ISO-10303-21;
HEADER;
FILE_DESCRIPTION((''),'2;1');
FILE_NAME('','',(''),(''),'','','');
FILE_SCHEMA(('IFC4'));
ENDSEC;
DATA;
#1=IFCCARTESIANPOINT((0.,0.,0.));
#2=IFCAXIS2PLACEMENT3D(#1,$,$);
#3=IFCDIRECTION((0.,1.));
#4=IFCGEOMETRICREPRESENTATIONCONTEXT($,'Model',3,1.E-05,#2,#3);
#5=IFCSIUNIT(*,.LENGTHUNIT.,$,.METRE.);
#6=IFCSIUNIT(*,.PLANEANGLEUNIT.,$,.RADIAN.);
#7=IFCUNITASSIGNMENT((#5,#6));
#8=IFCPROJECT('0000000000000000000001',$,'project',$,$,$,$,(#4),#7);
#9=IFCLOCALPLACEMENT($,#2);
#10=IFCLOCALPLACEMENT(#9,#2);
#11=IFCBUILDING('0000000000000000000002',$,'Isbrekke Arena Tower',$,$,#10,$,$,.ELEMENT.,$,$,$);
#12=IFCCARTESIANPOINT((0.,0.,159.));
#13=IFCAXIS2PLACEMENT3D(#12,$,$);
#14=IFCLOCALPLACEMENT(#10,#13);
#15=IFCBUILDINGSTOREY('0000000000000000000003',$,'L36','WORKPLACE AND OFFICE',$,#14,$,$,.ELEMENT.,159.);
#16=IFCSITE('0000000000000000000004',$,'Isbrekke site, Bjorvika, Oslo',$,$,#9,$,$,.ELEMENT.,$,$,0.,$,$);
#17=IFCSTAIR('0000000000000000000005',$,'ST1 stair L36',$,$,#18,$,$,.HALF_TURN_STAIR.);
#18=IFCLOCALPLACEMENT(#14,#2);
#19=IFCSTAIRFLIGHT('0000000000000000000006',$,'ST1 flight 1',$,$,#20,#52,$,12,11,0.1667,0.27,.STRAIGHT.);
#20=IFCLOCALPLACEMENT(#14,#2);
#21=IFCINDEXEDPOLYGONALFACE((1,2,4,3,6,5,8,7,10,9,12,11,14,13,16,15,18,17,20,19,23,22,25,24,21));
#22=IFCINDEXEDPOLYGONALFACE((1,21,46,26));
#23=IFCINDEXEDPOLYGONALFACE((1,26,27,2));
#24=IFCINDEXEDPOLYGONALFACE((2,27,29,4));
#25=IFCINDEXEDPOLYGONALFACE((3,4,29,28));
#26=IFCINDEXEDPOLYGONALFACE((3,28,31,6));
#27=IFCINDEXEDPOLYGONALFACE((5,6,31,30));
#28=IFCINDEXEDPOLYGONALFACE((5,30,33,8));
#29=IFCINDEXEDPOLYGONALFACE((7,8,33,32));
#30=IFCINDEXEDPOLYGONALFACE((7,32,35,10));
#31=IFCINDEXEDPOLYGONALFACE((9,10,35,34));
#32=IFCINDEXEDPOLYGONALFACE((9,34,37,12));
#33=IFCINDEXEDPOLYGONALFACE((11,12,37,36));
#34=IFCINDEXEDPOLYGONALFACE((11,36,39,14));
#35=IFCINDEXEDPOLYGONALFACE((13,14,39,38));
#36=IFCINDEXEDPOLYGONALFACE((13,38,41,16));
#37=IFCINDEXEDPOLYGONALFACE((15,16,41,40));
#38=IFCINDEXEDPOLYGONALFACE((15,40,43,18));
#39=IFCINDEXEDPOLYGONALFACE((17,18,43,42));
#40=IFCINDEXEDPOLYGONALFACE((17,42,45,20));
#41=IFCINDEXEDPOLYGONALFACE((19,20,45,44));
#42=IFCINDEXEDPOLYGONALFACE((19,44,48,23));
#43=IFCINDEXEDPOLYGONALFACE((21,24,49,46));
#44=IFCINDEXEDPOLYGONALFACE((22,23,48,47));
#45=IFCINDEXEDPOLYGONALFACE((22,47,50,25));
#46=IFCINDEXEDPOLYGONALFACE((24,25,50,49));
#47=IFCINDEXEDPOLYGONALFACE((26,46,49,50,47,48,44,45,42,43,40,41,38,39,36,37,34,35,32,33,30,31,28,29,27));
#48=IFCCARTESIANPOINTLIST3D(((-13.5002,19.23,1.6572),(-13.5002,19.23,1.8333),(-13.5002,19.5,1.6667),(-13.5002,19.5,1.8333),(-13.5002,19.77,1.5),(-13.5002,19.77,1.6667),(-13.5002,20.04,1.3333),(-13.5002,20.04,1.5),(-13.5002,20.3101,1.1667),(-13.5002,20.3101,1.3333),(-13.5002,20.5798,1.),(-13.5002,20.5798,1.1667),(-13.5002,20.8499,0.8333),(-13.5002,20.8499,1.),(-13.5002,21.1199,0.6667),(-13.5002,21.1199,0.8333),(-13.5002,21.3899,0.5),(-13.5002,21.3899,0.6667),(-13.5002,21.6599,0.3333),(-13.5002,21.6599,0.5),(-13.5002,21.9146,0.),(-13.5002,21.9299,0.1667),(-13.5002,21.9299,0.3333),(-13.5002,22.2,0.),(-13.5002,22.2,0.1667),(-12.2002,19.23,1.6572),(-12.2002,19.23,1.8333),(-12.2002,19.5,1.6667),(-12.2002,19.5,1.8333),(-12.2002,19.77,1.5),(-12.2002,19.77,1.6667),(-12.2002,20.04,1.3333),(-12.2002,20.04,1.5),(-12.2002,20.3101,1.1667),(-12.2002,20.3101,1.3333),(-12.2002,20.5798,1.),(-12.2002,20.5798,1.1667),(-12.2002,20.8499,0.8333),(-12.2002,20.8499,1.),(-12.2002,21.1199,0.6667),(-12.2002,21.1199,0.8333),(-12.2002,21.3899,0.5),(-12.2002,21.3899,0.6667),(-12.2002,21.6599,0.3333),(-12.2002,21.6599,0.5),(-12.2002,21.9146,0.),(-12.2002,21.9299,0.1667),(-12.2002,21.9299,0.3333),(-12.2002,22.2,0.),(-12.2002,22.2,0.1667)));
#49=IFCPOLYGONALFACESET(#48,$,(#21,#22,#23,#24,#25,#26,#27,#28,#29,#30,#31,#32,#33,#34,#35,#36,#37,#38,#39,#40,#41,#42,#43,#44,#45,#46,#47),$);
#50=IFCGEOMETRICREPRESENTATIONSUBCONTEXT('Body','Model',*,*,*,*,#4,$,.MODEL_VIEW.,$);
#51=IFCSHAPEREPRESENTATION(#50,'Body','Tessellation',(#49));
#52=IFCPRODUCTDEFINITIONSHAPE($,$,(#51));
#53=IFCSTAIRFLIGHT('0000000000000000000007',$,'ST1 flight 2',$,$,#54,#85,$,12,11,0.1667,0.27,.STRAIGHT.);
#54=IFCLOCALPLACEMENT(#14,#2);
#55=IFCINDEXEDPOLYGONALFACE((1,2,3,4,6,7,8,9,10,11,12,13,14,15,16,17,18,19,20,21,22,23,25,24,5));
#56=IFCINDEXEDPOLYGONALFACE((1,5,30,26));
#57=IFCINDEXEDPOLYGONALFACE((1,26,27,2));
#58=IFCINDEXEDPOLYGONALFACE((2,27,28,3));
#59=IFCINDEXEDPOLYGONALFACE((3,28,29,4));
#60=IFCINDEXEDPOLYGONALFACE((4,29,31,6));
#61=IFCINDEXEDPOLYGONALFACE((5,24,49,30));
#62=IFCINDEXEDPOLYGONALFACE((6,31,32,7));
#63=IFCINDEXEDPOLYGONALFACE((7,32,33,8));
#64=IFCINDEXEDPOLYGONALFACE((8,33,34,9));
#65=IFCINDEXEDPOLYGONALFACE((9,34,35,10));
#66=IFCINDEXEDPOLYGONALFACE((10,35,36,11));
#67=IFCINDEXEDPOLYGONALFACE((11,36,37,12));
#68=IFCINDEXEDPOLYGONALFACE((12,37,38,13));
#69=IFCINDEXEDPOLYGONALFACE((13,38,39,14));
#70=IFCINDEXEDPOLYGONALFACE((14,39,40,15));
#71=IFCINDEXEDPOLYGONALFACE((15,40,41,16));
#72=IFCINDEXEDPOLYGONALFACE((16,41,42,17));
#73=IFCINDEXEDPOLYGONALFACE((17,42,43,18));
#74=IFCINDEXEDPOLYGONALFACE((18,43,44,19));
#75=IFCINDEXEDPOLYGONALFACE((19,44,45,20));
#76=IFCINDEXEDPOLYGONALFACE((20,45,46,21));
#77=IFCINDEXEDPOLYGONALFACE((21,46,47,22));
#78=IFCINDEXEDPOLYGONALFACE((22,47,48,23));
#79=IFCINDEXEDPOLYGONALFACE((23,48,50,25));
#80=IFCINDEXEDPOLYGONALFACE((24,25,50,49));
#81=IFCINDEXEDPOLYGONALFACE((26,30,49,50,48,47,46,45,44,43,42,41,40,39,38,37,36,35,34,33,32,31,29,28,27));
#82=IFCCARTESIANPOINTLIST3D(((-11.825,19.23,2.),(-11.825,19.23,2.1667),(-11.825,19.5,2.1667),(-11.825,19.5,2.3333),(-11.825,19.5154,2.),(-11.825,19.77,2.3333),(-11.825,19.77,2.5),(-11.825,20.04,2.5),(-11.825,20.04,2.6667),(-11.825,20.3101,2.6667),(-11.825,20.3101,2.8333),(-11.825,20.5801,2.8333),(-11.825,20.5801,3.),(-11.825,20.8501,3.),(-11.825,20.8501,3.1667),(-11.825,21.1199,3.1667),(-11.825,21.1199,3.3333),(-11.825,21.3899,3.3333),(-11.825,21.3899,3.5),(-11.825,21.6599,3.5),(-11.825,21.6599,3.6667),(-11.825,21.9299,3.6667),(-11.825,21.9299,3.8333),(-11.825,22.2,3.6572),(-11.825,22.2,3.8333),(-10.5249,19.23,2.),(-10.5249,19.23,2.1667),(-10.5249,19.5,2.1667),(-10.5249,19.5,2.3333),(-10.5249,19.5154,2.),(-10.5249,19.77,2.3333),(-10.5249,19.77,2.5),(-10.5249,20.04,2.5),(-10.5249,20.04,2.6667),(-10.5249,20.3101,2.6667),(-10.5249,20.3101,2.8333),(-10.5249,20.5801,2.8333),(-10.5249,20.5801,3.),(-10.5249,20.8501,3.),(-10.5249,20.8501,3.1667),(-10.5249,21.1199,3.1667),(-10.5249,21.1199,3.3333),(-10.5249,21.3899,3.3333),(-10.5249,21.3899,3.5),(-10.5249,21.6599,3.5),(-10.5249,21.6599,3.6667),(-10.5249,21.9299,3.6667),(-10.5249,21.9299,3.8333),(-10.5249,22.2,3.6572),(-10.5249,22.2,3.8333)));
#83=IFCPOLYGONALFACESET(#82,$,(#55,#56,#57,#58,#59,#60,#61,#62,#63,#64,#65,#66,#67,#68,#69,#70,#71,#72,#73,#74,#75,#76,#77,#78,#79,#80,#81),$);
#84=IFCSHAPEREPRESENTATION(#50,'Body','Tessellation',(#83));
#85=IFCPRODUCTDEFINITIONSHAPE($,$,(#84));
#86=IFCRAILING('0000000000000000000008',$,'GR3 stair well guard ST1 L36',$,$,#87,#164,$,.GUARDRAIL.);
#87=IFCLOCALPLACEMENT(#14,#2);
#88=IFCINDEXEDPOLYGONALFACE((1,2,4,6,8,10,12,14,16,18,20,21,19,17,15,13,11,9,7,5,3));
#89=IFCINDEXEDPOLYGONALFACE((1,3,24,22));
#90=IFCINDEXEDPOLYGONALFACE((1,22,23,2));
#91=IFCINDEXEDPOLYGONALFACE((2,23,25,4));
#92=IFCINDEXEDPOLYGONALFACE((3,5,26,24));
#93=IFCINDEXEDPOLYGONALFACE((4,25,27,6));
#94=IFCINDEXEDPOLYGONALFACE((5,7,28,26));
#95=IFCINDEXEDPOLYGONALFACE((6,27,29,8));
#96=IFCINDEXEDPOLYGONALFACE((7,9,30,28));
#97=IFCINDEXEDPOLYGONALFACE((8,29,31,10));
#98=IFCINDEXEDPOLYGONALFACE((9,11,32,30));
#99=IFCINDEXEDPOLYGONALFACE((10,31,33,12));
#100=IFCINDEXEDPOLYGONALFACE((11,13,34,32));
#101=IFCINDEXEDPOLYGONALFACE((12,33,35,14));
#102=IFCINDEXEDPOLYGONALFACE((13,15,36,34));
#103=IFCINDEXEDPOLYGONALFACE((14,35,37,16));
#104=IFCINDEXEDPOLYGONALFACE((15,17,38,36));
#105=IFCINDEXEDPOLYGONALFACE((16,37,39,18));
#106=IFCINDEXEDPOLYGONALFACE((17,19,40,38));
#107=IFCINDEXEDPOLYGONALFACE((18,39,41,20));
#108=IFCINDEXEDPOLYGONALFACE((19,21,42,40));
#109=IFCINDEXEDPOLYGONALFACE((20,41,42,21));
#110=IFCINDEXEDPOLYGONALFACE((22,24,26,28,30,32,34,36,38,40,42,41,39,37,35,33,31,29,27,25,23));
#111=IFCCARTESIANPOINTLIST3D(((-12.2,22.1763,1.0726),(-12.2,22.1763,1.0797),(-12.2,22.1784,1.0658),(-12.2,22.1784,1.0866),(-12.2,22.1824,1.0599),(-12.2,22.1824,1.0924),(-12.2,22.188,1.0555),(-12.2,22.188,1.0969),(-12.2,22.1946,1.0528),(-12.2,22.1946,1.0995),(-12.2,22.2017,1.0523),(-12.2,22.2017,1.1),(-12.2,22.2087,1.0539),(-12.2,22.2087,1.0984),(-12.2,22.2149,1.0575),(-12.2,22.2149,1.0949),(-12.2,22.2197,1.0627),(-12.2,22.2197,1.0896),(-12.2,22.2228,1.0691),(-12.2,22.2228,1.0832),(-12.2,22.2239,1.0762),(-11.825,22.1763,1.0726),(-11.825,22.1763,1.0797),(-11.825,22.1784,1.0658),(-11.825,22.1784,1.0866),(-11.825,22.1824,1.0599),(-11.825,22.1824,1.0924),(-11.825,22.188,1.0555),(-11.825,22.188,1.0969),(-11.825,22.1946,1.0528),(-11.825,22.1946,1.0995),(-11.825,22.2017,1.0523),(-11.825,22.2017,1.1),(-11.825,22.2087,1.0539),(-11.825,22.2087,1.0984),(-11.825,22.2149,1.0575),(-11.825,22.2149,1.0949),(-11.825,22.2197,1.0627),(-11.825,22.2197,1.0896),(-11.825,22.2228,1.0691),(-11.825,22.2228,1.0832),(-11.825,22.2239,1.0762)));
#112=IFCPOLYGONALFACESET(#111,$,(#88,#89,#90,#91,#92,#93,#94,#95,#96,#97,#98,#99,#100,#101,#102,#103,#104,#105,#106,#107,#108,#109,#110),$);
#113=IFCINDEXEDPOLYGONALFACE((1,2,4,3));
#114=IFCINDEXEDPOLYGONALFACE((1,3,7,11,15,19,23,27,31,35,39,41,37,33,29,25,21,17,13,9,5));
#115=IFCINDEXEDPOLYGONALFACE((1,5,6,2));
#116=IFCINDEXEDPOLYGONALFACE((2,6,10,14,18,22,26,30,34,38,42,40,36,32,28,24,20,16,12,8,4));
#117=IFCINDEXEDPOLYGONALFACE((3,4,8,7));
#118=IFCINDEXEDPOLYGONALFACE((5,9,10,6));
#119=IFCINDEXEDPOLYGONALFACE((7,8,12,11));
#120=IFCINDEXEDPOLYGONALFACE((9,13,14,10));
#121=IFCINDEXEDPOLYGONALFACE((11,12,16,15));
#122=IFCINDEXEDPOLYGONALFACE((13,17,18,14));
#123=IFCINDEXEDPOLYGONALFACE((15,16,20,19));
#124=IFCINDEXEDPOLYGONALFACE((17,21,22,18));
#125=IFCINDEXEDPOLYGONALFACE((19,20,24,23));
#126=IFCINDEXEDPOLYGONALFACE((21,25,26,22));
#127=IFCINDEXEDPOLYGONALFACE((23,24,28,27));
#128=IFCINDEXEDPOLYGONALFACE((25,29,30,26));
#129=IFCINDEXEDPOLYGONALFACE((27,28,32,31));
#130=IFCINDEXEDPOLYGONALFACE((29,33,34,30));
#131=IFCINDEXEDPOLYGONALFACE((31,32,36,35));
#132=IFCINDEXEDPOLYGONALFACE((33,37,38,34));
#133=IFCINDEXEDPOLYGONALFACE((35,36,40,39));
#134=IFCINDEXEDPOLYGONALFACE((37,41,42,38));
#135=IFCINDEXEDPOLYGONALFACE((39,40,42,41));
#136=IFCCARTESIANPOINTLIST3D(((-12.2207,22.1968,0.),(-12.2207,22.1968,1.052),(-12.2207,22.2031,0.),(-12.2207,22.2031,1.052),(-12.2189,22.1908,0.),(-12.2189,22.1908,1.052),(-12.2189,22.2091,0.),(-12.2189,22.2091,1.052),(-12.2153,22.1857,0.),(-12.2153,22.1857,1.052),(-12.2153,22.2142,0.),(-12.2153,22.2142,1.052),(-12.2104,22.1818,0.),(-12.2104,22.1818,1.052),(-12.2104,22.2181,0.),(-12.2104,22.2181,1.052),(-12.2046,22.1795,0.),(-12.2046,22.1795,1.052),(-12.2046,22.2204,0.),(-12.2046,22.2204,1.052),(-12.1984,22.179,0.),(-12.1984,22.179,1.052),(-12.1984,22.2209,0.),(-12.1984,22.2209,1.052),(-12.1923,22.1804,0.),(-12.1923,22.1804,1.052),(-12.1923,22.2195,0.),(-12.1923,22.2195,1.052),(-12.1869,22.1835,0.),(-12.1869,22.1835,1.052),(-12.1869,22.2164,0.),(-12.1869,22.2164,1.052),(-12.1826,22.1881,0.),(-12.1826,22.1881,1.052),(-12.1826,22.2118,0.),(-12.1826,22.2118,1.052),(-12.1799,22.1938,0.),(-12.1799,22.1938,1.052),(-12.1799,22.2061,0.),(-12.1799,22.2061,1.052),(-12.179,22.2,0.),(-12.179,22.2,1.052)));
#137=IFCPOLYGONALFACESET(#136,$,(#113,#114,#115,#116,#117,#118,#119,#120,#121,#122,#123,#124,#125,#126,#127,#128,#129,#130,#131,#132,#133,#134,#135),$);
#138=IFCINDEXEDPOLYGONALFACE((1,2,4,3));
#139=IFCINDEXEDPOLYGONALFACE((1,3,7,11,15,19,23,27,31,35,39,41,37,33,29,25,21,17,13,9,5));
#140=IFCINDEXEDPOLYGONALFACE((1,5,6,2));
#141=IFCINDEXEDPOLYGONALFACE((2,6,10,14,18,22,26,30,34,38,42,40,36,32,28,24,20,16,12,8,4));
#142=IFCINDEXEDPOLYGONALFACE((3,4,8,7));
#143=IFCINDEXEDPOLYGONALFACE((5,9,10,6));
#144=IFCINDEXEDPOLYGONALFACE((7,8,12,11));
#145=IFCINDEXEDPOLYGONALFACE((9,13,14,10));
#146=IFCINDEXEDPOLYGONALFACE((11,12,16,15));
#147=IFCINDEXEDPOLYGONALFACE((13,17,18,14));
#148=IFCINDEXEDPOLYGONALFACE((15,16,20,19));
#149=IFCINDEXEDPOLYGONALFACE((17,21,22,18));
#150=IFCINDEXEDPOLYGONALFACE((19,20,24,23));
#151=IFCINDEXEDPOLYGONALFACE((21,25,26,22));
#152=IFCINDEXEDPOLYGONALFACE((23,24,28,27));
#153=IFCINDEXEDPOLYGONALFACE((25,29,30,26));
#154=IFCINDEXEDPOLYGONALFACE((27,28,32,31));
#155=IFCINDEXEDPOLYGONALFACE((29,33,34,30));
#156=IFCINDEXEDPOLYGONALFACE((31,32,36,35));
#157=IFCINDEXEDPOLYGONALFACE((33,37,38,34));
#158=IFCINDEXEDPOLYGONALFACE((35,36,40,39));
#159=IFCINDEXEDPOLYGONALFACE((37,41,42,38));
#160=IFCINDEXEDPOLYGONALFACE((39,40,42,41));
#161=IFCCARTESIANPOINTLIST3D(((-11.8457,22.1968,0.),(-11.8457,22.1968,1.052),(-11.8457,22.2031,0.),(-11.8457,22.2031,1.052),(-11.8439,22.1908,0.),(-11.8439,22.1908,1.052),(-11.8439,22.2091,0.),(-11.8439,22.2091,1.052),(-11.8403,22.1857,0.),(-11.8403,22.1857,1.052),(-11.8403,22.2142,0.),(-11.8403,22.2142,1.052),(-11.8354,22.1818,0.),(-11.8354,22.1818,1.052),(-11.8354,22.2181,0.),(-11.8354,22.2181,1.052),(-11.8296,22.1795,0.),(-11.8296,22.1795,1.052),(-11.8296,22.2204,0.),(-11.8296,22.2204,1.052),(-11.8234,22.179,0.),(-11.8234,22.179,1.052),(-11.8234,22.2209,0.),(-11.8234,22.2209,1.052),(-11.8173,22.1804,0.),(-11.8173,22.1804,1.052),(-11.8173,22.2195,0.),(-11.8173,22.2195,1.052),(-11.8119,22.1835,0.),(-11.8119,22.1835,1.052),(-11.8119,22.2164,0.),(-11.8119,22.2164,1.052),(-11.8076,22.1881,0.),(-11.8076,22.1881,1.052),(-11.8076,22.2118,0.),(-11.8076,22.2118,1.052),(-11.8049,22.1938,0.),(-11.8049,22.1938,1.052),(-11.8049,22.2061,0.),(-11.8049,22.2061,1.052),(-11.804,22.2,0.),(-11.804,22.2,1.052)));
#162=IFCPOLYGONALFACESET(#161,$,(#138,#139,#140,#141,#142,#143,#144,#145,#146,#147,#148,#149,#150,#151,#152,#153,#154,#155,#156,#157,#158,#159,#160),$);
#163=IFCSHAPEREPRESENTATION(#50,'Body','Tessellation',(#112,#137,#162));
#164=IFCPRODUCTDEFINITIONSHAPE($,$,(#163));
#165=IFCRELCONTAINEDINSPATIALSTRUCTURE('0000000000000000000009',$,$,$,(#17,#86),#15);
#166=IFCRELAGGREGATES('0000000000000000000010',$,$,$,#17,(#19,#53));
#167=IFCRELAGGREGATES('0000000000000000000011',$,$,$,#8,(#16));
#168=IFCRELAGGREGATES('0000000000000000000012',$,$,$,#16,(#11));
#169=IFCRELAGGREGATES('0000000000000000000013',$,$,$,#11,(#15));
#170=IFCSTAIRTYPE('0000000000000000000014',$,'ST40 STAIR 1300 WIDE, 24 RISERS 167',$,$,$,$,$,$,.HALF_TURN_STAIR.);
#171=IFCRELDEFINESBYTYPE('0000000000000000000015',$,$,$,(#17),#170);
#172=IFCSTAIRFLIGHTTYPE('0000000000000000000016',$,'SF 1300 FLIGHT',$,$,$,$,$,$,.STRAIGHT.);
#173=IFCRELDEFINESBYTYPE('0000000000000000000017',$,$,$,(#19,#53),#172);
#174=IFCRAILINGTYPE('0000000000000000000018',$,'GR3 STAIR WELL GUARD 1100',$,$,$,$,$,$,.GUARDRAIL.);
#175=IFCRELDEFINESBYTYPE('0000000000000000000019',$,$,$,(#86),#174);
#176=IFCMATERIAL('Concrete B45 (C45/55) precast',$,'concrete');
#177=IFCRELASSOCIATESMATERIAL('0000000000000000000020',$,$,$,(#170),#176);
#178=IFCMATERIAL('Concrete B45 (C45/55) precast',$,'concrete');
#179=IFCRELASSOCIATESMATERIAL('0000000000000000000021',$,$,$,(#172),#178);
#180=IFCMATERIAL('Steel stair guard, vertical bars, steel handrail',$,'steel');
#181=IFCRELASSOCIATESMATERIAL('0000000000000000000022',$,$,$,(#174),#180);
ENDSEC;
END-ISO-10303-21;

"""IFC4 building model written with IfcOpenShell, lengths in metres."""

from ifc_helpers import new_model, si_unit, direction, frame, origin, origin_2d, place, context, subcontext, project, spatial, polyline, circle, outline, extrude, material, type_object, element, aggregate, save


model = new_model("IFC4")

# Units and contexts
model_context = context("Model", 3, precision=1e-05, world=origin(), true_north=direction((0.0, 1.0)))
body_context = subcontext(model_context, "Body", "Model", "MODEL_VIEW")
ifc_project = project(units=[si_unit("LENGTHUNIT", "METRE"), si_unit("PLANEANGLEUNIT", "RADIAN")], contexts=[model_context])

# Site, building, storey
site_placement = place(None, origin())
site = spatial("IfcSite", under=ifc_project, at=site_placement, Name="Isbrekke site, Bjorvika, Oslo", CompositionType="ELEMENT", RefElevation=0.0)
building_placement = place(site_placement, origin())
building = spatial("IfcBuilding", under=site, at=building_placement, Name="Isbrekke Arena Tower", CompositionType="ELEMENT")
storey_placement = place(building_placement, frame((0.0, 0.0, 159.0)))
storey = spatial("IfcBuildingStorey", under=building, at=storey_placement, Name="L36", Description="WORKPLACE AND OFFICE", CompositionType="ELEMENT", Elevation=159.0)

# Stair, stair flights
ifc_material_1 = material(Name="Concrete B45 (C45/55) precast", Category="concrete")
stair_type = type_object("IfcStairType", Name="ST40 STAIR 1300 WIDE, 24 RISERS 167", PredefinedType="HALF_TURN_STAIR", material=ifc_material_1)
stair_placement = place(storey_placement, origin())
stair = element("IfcStair", 1, at=stair_placement, inside=storey, type_object=stair_type, Name="ST1 stair L36", PredefinedType="HALF_TURN_STAIR")
ifc_material_2 = material(Name="Concrete B45 (C45/55) precast", Category="concrete")
stair_flight_type = type_object("IfcStairFlightType", Name="SF 1300 FLIGHT", PredefinedType="STRAIGHT", material=ifc_material_2)
stair_flight_1_placement = place(storey_placement, frame((-12.8501, 22.2, 0.0), z_axis=(0.0, 0.0, 1.0), x_axis=(0.0, -1.0, 0.0)))
stair_flight_1 = element("IfcStairFlight", 2, at=stair_flight_1_placement, type_object=stair_flight_type, Name="ST1 flight 1", NumberOfRisers=12, NumberOfTreads=11, PredefinedType="STRAIGHT", RiserHeight=0.1667, TreadLength=0.27, context=body_context, shape_type="SweptSolid", body=[
    extrude(outline(polyline([(0.0, 0.0), (0.0, 0.1667), (0.27, 0.1667), (0.27, 0.3333), (0.54, 0.3333), (0.54, 0.5), (0.8101, 0.5), (0.8101, 0.6667), (1.0801, 0.6667), (1.0801, 0.8333), (1.3501, 0.8333), (1.3501, 1.0), (1.6201, 1.0), (1.6201, 1.1667), (1.8899, 1.1667), (1.8899, 1.3333), (2.1599, 1.3333), (2.1599, 1.5), (2.4299, 1.5), (2.4299, 1.6667), (2.7, 1.6667), (2.7, 1.8333), (2.97, 1.8333), (2.97, 2.0), (2.97, 1.6572), (0.2854, 0.0), (0.0, 0.0)])), frame((0.0, 0.6499, 0.0), z_axis=(0.0, -1.0, 0.0), x_axis=(1.0, 0.0, 0.0)), (0.0, 0.0, 1.0), 1.3),
])
stair_flight_2_placement = place(storey_placement, frame((-11.175, 19.23, 2.0), z_axis=(0.0, 0.0, 1.0), x_axis=(0.0, 1.0, 0.0)))
stair_flight_2 = element("IfcStairFlight", 3, at=stair_flight_2_placement, type_object=stair_flight_type, Name="ST1 flight 2", NumberOfRisers=12, NumberOfTreads=11, PredefinedType="STRAIGHT", RiserHeight=0.1667, TreadLength=0.27, context=body_context, shape_type="SweptSolid", body=[
    extrude(outline(polyline([(0.0, 0.0), (0.0, 0.1667), (0.27, 0.1667), (0.27, 0.3333), (0.54, 0.3333), (0.54, 0.5), (0.8101, 0.5), (0.8101, 0.6667), (1.0801, 0.6667), (1.0801, 0.8333), (1.3501, 0.8333), (1.3501, 1.0), (1.6201, 1.0), (1.6201, 1.1667), (1.8899, 1.1667), (1.8899, 1.3333), (2.1599, 1.3333), (2.1599, 1.5), (2.4299, 1.5), (2.4299, 1.6667), (2.7, 1.6667), (2.7, 1.8333), (2.97, 1.8333), (2.97, 2.0), (2.97, 1.6572), (0.2854, 0.0), (0.0, 0.0)])), frame((0.0, 0.6499, 0.0), z_axis=(0.0, -1.0, 0.0), x_axis=(1.0, 0.0, 0.0)), (0.0, 0.0, 1.0), 1.3),
])
aggregate(stair, [stair_flight_1, stair_flight_2])

# Railing
ifc_material_3 = material(Name="Steel stair guard, vertical bars, steel handrail", Category="steel")
railing_type = type_object("IfcRailingType", Name="GR3 STAIR WELL GUARD 1100", PredefinedType="GUARDRAIL", material=ifc_material_3)
for number, where, name in (
    (4, (-12.2, 22.2, 0.0), "GR3 stair well guard ST1 L36"),
):
    element("IfcRailing", number, at=place(storey_placement, frame(where)), inside=storey, type_object=railing_type, Name=name, PredefinedType="GUARDRAIL", context=body_context, shape_type="SweptSolid", body=[
        extrude(circle(Radius=0.0239, at=origin_2d()), frame((0.0, 0.0, 1.0762), z_axis=(1.0, 0.0, 0.0), x_axis=(0.0, 1.0, 0.0)), (0.0, 0.0, 1.0), 0.375),
        extrude(circle(Radius=0.021, at=origin_2d()), origin(), (0.0, 0.0, 1.0), 1.052),
        extrude(circle(Radius=0.021, at=origin_2d()), frame((0.375, 0.0, 0.0)), (0.0, 0.0, 1.0), 1.052),
    ])

save(model, "model.ifc")
